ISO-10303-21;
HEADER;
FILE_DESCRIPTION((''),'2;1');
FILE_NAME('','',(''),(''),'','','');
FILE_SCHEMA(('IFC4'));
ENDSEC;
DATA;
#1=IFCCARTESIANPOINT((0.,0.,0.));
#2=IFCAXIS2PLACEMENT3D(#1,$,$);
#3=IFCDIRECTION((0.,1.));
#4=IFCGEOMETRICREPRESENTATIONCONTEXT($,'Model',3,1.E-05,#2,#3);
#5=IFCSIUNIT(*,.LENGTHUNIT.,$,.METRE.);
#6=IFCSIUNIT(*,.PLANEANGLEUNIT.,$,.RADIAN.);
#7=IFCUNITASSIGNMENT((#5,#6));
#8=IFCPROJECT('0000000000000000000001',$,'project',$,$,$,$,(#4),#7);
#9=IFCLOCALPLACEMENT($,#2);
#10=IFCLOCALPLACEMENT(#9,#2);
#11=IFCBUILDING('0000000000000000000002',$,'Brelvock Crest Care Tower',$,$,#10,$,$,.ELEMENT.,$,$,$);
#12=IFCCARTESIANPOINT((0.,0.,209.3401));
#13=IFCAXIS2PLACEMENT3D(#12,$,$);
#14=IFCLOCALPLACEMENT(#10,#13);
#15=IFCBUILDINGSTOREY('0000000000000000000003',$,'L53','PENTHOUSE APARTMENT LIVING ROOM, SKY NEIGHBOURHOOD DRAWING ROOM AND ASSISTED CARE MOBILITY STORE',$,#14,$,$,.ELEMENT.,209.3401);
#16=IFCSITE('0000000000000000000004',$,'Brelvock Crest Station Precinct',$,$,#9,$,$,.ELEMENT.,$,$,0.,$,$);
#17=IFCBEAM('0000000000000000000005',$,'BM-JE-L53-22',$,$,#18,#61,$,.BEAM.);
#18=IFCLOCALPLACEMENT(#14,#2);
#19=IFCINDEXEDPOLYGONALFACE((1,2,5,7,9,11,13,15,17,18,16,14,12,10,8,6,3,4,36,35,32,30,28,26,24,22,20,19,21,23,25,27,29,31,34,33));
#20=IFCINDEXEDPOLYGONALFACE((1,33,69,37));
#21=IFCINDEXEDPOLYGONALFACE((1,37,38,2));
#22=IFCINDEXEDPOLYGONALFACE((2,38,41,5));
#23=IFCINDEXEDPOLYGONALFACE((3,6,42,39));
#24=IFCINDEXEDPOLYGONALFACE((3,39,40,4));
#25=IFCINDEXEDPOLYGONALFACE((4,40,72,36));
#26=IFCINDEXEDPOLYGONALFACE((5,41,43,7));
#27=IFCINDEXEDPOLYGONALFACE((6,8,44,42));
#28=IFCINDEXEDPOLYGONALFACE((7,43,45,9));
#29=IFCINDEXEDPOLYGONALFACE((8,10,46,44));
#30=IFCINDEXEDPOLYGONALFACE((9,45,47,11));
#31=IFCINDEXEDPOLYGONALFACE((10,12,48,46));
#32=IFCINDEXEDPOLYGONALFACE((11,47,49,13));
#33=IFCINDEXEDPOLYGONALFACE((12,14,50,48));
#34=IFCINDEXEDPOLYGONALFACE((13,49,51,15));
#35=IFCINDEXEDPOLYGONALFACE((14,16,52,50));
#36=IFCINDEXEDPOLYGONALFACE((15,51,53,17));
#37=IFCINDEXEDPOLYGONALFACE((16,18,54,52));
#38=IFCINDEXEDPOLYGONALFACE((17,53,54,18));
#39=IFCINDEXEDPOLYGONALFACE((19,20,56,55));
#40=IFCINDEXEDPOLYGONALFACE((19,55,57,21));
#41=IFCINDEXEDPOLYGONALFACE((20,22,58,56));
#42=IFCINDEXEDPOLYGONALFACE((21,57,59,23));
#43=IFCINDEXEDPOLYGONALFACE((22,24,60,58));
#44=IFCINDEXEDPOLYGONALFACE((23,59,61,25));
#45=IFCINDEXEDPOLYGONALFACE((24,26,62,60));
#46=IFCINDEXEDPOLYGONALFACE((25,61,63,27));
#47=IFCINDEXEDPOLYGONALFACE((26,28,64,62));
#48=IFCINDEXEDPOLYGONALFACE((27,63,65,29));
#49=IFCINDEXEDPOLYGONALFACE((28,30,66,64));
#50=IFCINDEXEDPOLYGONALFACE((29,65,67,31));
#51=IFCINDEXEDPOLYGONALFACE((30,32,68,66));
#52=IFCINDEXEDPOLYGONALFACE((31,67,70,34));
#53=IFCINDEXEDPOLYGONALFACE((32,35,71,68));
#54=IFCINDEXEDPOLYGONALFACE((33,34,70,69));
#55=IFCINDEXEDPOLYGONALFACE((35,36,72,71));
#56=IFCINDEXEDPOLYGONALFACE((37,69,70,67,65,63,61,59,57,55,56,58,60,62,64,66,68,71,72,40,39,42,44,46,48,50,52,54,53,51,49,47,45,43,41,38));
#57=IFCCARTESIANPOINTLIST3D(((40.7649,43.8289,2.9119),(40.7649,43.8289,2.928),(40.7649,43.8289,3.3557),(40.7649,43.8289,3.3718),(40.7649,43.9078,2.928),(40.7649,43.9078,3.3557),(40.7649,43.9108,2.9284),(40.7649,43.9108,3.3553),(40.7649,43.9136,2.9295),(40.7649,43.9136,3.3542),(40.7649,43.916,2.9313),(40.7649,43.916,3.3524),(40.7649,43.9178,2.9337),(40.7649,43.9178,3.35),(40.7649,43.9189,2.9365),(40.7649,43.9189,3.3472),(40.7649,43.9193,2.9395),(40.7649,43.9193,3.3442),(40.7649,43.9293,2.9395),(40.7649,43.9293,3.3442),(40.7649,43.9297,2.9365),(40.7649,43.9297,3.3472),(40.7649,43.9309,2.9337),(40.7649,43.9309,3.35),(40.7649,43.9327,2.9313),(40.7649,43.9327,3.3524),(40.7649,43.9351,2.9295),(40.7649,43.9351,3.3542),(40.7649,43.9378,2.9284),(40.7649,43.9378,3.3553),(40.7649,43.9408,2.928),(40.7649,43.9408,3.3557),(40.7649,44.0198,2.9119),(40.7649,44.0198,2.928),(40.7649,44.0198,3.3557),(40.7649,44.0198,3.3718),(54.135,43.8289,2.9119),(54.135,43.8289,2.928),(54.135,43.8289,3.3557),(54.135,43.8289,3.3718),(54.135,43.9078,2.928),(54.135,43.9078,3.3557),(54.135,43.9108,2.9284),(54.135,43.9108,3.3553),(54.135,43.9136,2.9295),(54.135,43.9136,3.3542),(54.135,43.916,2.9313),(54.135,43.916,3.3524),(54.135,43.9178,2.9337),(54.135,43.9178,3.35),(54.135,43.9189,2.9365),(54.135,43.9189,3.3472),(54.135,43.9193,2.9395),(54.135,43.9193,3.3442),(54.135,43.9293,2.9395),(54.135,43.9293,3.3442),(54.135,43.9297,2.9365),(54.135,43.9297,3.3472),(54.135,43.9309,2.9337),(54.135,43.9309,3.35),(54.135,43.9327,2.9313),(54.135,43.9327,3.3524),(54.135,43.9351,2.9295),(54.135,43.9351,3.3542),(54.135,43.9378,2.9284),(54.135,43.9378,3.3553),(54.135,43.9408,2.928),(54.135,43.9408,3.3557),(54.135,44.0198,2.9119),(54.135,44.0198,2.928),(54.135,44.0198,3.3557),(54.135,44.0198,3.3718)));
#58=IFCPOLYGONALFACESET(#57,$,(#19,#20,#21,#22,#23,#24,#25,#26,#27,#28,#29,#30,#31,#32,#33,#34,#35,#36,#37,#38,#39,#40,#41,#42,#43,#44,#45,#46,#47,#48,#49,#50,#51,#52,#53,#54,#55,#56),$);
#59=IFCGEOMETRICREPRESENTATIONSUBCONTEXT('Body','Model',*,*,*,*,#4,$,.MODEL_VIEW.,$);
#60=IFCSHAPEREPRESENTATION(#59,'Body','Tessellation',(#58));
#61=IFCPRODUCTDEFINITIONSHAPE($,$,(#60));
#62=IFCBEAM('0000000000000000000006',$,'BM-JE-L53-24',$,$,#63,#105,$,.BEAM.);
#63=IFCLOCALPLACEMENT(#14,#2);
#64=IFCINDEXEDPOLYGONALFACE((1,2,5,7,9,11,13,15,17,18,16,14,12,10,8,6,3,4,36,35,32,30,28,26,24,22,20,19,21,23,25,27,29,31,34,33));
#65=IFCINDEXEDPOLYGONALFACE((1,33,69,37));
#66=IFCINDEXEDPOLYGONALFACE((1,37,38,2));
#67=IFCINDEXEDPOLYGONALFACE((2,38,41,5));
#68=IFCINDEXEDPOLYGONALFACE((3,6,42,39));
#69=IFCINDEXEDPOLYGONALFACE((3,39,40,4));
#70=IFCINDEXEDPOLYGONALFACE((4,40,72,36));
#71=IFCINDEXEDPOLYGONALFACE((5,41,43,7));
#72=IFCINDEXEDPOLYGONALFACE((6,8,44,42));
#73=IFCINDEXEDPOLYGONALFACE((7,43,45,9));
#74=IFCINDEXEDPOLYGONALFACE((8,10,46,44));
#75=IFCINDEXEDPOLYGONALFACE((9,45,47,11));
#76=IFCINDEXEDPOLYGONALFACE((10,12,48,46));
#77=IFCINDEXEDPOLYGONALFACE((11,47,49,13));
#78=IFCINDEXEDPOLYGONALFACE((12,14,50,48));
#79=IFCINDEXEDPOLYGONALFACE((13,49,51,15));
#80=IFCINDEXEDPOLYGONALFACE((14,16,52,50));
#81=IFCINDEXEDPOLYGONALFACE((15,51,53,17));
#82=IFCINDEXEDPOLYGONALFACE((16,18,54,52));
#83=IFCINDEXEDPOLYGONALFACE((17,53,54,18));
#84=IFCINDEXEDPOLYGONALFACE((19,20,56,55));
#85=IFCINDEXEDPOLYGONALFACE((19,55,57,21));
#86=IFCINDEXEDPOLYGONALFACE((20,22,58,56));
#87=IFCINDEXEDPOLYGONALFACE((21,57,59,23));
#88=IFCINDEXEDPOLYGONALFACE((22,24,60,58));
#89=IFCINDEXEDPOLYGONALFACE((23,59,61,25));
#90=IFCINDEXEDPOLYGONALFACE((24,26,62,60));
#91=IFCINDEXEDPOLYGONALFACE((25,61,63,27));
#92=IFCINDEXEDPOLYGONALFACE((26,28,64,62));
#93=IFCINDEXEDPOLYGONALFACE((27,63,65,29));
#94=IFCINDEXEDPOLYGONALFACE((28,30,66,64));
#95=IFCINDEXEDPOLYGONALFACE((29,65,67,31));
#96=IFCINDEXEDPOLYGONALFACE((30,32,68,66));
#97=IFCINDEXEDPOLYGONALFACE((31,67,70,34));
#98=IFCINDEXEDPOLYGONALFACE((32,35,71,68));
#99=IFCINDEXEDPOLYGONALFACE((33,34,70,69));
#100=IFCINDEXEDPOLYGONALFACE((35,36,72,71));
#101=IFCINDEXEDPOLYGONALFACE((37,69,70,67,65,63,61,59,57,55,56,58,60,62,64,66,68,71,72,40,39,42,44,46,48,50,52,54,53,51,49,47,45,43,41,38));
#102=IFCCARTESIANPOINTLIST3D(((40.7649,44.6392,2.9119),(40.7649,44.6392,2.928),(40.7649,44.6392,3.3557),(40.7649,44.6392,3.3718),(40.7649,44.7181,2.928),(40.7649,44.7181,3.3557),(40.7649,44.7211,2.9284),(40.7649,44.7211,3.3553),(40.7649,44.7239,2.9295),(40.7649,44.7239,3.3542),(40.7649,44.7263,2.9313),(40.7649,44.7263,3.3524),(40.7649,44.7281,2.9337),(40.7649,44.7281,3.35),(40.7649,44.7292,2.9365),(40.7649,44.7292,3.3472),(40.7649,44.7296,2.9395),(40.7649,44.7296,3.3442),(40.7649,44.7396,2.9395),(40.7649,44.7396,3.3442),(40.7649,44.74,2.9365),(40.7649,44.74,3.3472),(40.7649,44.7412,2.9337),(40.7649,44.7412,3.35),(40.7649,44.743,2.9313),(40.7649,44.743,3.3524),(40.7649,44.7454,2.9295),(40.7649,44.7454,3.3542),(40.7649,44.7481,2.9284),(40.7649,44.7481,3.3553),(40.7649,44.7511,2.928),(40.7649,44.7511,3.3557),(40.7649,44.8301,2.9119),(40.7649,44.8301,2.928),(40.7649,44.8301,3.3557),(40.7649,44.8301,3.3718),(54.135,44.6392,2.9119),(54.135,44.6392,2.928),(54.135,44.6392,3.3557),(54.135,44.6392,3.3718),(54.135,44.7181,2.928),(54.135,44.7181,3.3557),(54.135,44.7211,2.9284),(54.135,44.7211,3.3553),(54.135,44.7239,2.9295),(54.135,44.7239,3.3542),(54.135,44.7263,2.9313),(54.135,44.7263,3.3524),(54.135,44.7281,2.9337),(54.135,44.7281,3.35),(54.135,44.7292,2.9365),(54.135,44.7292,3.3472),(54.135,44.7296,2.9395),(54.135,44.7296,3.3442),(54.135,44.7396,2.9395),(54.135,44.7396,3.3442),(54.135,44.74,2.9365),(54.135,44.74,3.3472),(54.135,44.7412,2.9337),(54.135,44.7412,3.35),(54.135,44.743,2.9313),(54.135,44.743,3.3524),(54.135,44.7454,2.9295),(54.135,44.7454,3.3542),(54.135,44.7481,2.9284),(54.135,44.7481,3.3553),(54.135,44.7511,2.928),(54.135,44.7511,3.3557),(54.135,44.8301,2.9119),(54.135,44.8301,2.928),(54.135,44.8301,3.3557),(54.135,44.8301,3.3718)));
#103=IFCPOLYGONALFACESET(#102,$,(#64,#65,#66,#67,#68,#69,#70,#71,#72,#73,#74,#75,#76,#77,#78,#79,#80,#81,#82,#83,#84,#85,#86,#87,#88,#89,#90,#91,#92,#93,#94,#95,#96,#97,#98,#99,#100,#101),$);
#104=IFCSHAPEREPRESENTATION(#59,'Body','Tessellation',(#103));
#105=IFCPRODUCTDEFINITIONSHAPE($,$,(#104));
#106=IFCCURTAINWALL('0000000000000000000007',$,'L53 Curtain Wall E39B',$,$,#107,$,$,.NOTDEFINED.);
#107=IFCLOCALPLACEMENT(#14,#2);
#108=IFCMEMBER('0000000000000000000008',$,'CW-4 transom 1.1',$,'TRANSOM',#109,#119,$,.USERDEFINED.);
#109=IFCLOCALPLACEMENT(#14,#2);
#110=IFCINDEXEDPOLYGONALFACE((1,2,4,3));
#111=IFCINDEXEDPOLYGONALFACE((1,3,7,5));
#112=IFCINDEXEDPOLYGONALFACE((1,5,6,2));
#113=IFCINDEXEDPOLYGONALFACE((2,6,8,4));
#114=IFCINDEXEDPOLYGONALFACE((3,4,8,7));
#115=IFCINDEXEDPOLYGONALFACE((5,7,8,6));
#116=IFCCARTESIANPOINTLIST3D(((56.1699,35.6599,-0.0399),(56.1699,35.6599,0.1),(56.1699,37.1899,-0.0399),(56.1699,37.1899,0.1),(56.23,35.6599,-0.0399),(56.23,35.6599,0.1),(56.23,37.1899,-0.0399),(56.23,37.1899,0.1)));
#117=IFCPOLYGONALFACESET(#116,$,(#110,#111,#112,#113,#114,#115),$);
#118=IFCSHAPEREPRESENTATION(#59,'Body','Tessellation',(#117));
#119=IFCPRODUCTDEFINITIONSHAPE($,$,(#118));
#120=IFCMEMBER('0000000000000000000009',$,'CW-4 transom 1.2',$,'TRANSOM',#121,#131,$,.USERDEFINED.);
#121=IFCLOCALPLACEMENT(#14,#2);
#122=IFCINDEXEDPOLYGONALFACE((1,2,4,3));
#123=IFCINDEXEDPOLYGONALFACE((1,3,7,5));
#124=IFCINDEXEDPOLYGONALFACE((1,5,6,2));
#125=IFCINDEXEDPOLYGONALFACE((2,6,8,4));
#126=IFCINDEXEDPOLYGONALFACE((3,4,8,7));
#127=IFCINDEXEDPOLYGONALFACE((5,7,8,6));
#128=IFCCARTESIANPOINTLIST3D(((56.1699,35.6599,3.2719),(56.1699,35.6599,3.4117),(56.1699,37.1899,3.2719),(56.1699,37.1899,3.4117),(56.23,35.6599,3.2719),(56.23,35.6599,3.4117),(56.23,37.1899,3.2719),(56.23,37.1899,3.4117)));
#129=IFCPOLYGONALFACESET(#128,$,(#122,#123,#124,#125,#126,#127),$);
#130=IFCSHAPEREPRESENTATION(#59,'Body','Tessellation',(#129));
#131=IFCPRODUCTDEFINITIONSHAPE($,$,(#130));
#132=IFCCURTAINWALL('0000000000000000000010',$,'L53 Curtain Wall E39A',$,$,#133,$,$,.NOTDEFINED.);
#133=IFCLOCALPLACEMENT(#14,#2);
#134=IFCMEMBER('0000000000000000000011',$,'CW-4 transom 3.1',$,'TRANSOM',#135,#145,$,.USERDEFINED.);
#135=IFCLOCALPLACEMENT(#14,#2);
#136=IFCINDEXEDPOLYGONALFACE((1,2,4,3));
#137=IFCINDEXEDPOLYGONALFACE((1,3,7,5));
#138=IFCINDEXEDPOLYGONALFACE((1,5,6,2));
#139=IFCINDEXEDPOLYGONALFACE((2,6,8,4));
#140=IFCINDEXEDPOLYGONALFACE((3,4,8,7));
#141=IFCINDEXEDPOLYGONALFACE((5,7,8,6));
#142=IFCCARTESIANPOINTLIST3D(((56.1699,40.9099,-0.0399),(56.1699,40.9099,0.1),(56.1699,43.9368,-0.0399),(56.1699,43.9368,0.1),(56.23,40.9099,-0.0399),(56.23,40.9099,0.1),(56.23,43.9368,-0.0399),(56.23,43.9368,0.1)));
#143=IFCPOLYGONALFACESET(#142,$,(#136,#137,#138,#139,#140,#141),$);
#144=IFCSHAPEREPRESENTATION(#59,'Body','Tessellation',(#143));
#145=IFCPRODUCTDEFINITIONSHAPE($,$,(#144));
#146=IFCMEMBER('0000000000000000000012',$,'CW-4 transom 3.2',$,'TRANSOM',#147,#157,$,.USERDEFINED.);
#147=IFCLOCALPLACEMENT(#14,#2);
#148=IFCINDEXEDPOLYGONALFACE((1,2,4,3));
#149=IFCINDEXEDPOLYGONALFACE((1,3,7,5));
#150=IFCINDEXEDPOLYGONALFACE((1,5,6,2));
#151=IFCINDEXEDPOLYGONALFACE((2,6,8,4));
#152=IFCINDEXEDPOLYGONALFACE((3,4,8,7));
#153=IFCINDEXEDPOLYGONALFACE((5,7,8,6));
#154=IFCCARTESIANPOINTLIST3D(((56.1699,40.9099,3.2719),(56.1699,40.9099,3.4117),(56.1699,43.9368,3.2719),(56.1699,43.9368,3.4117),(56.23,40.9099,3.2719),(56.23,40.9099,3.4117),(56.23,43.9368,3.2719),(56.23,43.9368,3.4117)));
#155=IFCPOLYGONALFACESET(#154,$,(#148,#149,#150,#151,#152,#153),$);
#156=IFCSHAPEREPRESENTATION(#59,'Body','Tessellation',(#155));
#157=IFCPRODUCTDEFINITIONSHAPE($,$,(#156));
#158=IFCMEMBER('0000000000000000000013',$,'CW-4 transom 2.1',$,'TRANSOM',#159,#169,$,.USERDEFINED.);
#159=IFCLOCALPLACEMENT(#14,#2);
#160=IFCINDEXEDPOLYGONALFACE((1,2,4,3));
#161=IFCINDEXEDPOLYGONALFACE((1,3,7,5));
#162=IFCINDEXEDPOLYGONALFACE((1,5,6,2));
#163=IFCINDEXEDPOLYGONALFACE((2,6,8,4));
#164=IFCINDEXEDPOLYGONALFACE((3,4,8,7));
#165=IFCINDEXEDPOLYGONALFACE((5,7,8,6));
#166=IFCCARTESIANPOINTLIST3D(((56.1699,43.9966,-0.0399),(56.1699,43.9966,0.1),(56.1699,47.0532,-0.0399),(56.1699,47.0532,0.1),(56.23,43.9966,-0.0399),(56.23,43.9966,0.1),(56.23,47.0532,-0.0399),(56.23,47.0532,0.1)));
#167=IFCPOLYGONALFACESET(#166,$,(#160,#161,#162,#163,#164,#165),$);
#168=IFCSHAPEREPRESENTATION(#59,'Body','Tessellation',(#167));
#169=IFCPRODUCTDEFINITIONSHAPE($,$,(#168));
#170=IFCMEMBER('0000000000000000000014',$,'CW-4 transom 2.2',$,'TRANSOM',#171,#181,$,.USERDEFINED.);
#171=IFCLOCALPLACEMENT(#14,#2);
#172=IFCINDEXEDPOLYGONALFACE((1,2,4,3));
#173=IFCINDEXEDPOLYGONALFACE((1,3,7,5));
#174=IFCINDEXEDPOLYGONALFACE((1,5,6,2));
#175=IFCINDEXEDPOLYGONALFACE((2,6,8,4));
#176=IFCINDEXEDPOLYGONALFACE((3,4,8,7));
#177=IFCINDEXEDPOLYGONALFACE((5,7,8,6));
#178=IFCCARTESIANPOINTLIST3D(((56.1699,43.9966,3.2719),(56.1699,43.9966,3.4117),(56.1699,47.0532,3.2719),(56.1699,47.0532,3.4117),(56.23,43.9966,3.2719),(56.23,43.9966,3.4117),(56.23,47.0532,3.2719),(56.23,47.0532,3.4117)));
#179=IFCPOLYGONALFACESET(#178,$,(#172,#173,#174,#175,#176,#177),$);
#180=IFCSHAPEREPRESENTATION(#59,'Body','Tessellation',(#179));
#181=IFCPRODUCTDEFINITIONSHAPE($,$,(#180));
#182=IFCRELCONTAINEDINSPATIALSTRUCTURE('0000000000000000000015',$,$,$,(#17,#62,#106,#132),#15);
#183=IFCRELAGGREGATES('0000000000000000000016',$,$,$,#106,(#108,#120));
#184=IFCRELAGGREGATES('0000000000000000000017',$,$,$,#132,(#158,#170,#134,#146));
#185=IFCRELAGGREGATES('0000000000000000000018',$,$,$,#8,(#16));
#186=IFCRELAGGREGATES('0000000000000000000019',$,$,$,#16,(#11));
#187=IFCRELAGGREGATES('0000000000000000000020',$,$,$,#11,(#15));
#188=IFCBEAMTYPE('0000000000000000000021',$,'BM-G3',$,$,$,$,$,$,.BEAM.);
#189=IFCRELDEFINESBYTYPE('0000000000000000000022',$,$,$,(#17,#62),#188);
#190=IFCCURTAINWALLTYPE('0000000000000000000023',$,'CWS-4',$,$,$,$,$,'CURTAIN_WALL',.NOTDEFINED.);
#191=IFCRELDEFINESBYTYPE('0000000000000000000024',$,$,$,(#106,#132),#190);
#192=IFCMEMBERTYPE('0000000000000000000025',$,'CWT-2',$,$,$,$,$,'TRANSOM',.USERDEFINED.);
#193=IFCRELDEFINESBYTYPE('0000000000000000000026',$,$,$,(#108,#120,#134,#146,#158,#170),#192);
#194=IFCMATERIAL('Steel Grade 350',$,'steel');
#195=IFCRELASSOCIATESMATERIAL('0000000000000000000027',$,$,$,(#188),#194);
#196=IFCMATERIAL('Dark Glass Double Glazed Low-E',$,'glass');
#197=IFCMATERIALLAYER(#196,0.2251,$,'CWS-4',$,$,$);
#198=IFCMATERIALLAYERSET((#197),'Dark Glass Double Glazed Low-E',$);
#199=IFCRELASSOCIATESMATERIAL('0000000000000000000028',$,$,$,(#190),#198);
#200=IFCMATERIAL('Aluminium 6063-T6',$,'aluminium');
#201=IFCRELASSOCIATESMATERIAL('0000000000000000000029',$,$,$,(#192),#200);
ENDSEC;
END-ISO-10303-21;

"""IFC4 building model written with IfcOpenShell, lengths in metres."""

from ifc_helpers import new_model, si_unit, direction, frame, origin, origin_2d, place, context, subcontext, project, spatial, rectangle, i_section, extrude, source, transform, mapped, material, layer, layer_set, material_profile, profile_set, type_object, element, aggregate, save


model = new_model("IFC4")

# Units and contexts
model_context = context("Model", 3, precision=1e-05, world=origin(), true_north=direction((0.0, 1.0)))
body_context = subcontext(model_context, "Body", "Model", "MODEL_VIEW")
ifc_project = project(units=[si_unit("LENGTHUNIT", "METRE"), si_unit("PLANEANGLEUNIT", "RADIAN")], contexts=[model_context])

# Site, building, storey
site_placement = place(None, origin())
site = spatial("IfcSite", under=ifc_project, at=site_placement, Name="Brelvock Crest Station Precinct", CompositionType="ELEMENT", RefElevation=0.0)
building_placement = place(site_placement, origin())
building = spatial("IfcBuilding", under=site, at=building_placement, Name="Brelvock Crest Care Tower", CompositionType="ELEMENT")
storey_placement = place(building_placement, frame((0.0, 0.0, 209.3401)))
storey = spatial("IfcBuildingStorey", under=building, at=storey_placement, Name="L53", Description="PENTHOUSE APARTMENT LIVING ROOM, SKY NEIGHBOURHOOD DRAWING ROOM AND ASSISTED CARE MOBILITY STORE", CompositionType="ELEMENT", Elevation=209.3401)

# Shared definitions
ifc_material_1 = material(Name="Steel Grade 350", Category="steel")

# Beams
ifc_material_profile_1 = material_profile(ifc_material_1, i_section(OverallWidth=0.1909, OverallDepth=0.46, WebThickness=0.01, FlangeThickness=0.0161, FilletRadius=0.0115, at=origin_2d()), Name="460UB82.1")
ifc_profile_set_1 = profile_set([ifc_material_profile_1], Name="Steel Grade 350")
beam_type_1 = type_object("IfcBeamType", Name="BM-G3", PredefinedType="BEAM", material=ifc_profile_set_1)
shared_shape_1 = source(origin(), body_context, "Body", "SweptSolid", [
    extrude(i_section(OverallWidth=0.1909, OverallDepth=0.46, WebThickness=0.01, FlangeThickness=0.0161, FilletRadius=0.0115, at=origin_2d()), origin(), (0.0, 0.0, 1.0), 13.3701),
])
for number, where, z_axis, x_axis, name in (
    (1, (40.7649, 43.9243, 3.1418), (1.0, 0.0, 0.0), (0.0, 1.0, 0.0), "BM-JE-L53-22"),
    (2, (40.7649, 44.7346, 3.1418), (1.0, 0.0, 0.0), (0.0, 1.0, 0.0), "BM-JE-L53-24"),
):
    element("IfcBeam", number, at=place(storey_placement, frame(where, z_axis=z_axis, x_axis=x_axis)), inside=storey, type_object=beam_type_1, Name=name, PredefinedType="BEAM", context=body_context, shape_type="MappedRepresentation", body=[
        mapped(shared_shape_1, transform((0.0, 0.0, 0.0), x_axis=(1.0, 0.0, 0.0), y_axis=(0.0, 1.0, 0.0), z_axis=(0.0, 0.0, 1.0), scale=1.0)),
    ])

# Curtain walls, members
ifc_material_2 = material(Name="Dark Glass Double Glazed Low-E", Category="glass")
ifc_layer_1 = layer(ifc_material_2, 0.2251, Name="CWS-4")
ifc_layer_set_1 = layer_set([ifc_layer_1], Name="Dark Glass Double Glazed Low-E")
curtain_wall_type = type_object("IfcCurtainWallType", Name="CWS-4", ElementType="CURTAIN_WALL", PredefinedType="NOTDEFINED", material=ifc_layer_set_1)
curtain_wall_1_placement = place(storey_placement, origin())
curtain_wall_1 = element("IfcCurtainWall", 3, at=curtain_wall_1_placement, inside=storey, type_object=curtain_wall_type, Name="L53 Curtain Wall E39B", PredefinedType="NOTDEFINED")
ifc_material_3 = material(Name="Aluminium 6063-T6", Category="aluminium")
ifc_material_profile_2 = material_profile(ifc_material_3, rectangle(XDim=0.0601, YDim=0.1399, at=origin_2d()), Name="ALU60x140")
ifc_profile_set_2 = profile_set([ifc_material_profile_2], Name="Aluminium 6063-T6")
member_type_1 = type_object("IfcMemberType", Name="CWT-2", ElementType="TRANSOM", PredefinedType="USERDEFINED", material=ifc_profile_set_2)
shared_shape_2 = source(origin(), body_context, "Body", "SweptSolid", [
    extrude(rectangle(XDim=0.0601, YDim=0.1399, at=origin_2d()), origin(), (0.0, 0.0, 1.0), 1.53),
])
member_1_placement = place(storey_placement, frame((56.2, 37.1899, 0.03), z_axis=(0.0, -1.0, 0.0), x_axis=(1.0, 0.0, 0.0)))
member_1 = element("IfcMember", 4, at=member_1_placement, type_object=member_type_1, Name="CW-4 transom 1.1", ObjectType="TRANSOM", PredefinedType="USERDEFINED", context=body_context, shape_type="MappedRepresentation", body=[
    mapped(shared_shape_2, transform((0.0, 0.0, 0.0), x_axis=(1.0, 0.0, 0.0), y_axis=(0.0, 1.0, 0.0), z_axis=(0.0, 0.0, 1.0), scale=1.0)),
])
member_2_placement = place(storey_placement, frame((56.2, 37.1899, 3.3418), z_axis=(0.0, -1.0, 0.0), x_axis=(1.0, 0.0, 0.0)))
member_2 = element("IfcMember", 5, at=member_2_placement, type_object=member_type_1, Name="CW-4 transom 1.2", ObjectType="TRANSOM", PredefinedType="USERDEFINED", context=body_context, shape_type="MappedRepresentation", body=[
    mapped(shared_shape_2, transform((0.0, 0.0, 0.0), x_axis=(1.0, 0.0, 0.0), y_axis=(0.0, 1.0, 0.0), z_axis=(0.0, 0.0, 1.0), scale=1.0)),
])
curtain_wall_2_placement = place(storey_placement, origin())
curtain_wall_2 = element("IfcCurtainWall", 6, at=curtain_wall_2_placement, inside=storey, type_object=curtain_wall_type, Name="L53 Curtain Wall E39A", PredefinedType="NOTDEFINED")
shared_shape_3 = source(origin(), body_context, "Body", "SweptSolid", [
    extrude(rectangle(XDim=0.0601, YDim=0.1399, at=origin_2d()), origin(), (0.0, 0.0, 1.0), 3.0269),
])
member_3_placement = place(storey_placement, frame((56.2, 43.9368, 0.03), z_axis=(0.0, -1.0, 0.0), x_axis=(1.0, 0.0, 0.0)))
member_3 = element("IfcMember", 7, at=member_3_placement, type_object=member_type_1, Name="CW-4 transom 3.1", ObjectType="TRANSOM", PredefinedType="USERDEFINED", context=body_context, shape_type="MappedRepresentation", body=[
    mapped(shared_shape_3, transform((0.0, 0.0, 0.0), x_axis=(1.0, 0.0, 0.0), y_axis=(0.0, 1.0, 0.0), z_axis=(0.0, 0.0, 1.0), scale=1.0)),
])
member_4_placement = place(storey_placement, frame((56.2, 43.9368, 3.3418), z_axis=(0.0, -1.0, 0.0), x_axis=(1.0, 0.0, 0.0)))
member_4 = element("IfcMember", 8, at=member_4_placement, type_object=member_type_1, Name="CW-4 transom 3.2", ObjectType="TRANSOM", PredefinedType="USERDEFINED", context=body_context, shape_type="MappedRepresentation", body=[
    mapped(shared_shape_3, transform((0.0, 0.0, 0.0), x_axis=(1.0, 0.0, 0.0), y_axis=(0.0, 1.0, 0.0), z_axis=(0.0, 0.0, 1.0), scale=1.0)),
])
shared_shape_4 = source(origin(), body_context, "Body", "SweptSolid", [
    extrude(rectangle(XDim=0.0601, YDim=0.1399, at=origin_2d()), origin(), (0.0, 0.0, 1.0), 3.0566),
])
member_5_placement = place(storey_placement, frame((56.2, 47.0532, 0.03), z_axis=(0.0, -1.0, 0.0), x_axis=(1.0, 0.0, 0.0)))
member_5 = element("IfcMember", 9, at=member_5_placement, type_object=member_type_1, Name="CW-4 transom 2.1", ObjectType="TRANSOM", PredefinedType="USERDEFINED", context=body_context, shape_type="MappedRepresentation", body=[
    mapped(shared_shape_4, transform((0.0, 0.0, 0.0), x_axis=(1.0, 0.0, 0.0), y_axis=(0.0, 1.0, 0.0), z_axis=(0.0, 0.0, 1.0), scale=1.0)),
])
member_6_placement = place(storey_placement, frame((56.2, 47.0532, 3.3418), z_axis=(0.0, -1.0, 0.0), x_axis=(1.0, 0.0, 0.0)))
member_6 = element("IfcMember", 10, at=member_6_placement, type_object=member_type_1, Name="CW-4 transom 2.2", ObjectType="TRANSOM", PredefinedType="USERDEFINED", context=body_context, shape_type="MappedRepresentation", body=[
    mapped(shared_shape_4, transform((0.0, 0.0, 0.0), x_axis=(1.0, 0.0, 0.0), y_axis=(0.0, 1.0, 0.0), z_axis=(0.0, 0.0, 1.0), scale=1.0)),
])

aggregate(curtain_wall_1, [member_1, member_2])

aggregate(curtain_wall_2, [member_5, member_6, member_3, member_4])

save(model, "model.ifc")
